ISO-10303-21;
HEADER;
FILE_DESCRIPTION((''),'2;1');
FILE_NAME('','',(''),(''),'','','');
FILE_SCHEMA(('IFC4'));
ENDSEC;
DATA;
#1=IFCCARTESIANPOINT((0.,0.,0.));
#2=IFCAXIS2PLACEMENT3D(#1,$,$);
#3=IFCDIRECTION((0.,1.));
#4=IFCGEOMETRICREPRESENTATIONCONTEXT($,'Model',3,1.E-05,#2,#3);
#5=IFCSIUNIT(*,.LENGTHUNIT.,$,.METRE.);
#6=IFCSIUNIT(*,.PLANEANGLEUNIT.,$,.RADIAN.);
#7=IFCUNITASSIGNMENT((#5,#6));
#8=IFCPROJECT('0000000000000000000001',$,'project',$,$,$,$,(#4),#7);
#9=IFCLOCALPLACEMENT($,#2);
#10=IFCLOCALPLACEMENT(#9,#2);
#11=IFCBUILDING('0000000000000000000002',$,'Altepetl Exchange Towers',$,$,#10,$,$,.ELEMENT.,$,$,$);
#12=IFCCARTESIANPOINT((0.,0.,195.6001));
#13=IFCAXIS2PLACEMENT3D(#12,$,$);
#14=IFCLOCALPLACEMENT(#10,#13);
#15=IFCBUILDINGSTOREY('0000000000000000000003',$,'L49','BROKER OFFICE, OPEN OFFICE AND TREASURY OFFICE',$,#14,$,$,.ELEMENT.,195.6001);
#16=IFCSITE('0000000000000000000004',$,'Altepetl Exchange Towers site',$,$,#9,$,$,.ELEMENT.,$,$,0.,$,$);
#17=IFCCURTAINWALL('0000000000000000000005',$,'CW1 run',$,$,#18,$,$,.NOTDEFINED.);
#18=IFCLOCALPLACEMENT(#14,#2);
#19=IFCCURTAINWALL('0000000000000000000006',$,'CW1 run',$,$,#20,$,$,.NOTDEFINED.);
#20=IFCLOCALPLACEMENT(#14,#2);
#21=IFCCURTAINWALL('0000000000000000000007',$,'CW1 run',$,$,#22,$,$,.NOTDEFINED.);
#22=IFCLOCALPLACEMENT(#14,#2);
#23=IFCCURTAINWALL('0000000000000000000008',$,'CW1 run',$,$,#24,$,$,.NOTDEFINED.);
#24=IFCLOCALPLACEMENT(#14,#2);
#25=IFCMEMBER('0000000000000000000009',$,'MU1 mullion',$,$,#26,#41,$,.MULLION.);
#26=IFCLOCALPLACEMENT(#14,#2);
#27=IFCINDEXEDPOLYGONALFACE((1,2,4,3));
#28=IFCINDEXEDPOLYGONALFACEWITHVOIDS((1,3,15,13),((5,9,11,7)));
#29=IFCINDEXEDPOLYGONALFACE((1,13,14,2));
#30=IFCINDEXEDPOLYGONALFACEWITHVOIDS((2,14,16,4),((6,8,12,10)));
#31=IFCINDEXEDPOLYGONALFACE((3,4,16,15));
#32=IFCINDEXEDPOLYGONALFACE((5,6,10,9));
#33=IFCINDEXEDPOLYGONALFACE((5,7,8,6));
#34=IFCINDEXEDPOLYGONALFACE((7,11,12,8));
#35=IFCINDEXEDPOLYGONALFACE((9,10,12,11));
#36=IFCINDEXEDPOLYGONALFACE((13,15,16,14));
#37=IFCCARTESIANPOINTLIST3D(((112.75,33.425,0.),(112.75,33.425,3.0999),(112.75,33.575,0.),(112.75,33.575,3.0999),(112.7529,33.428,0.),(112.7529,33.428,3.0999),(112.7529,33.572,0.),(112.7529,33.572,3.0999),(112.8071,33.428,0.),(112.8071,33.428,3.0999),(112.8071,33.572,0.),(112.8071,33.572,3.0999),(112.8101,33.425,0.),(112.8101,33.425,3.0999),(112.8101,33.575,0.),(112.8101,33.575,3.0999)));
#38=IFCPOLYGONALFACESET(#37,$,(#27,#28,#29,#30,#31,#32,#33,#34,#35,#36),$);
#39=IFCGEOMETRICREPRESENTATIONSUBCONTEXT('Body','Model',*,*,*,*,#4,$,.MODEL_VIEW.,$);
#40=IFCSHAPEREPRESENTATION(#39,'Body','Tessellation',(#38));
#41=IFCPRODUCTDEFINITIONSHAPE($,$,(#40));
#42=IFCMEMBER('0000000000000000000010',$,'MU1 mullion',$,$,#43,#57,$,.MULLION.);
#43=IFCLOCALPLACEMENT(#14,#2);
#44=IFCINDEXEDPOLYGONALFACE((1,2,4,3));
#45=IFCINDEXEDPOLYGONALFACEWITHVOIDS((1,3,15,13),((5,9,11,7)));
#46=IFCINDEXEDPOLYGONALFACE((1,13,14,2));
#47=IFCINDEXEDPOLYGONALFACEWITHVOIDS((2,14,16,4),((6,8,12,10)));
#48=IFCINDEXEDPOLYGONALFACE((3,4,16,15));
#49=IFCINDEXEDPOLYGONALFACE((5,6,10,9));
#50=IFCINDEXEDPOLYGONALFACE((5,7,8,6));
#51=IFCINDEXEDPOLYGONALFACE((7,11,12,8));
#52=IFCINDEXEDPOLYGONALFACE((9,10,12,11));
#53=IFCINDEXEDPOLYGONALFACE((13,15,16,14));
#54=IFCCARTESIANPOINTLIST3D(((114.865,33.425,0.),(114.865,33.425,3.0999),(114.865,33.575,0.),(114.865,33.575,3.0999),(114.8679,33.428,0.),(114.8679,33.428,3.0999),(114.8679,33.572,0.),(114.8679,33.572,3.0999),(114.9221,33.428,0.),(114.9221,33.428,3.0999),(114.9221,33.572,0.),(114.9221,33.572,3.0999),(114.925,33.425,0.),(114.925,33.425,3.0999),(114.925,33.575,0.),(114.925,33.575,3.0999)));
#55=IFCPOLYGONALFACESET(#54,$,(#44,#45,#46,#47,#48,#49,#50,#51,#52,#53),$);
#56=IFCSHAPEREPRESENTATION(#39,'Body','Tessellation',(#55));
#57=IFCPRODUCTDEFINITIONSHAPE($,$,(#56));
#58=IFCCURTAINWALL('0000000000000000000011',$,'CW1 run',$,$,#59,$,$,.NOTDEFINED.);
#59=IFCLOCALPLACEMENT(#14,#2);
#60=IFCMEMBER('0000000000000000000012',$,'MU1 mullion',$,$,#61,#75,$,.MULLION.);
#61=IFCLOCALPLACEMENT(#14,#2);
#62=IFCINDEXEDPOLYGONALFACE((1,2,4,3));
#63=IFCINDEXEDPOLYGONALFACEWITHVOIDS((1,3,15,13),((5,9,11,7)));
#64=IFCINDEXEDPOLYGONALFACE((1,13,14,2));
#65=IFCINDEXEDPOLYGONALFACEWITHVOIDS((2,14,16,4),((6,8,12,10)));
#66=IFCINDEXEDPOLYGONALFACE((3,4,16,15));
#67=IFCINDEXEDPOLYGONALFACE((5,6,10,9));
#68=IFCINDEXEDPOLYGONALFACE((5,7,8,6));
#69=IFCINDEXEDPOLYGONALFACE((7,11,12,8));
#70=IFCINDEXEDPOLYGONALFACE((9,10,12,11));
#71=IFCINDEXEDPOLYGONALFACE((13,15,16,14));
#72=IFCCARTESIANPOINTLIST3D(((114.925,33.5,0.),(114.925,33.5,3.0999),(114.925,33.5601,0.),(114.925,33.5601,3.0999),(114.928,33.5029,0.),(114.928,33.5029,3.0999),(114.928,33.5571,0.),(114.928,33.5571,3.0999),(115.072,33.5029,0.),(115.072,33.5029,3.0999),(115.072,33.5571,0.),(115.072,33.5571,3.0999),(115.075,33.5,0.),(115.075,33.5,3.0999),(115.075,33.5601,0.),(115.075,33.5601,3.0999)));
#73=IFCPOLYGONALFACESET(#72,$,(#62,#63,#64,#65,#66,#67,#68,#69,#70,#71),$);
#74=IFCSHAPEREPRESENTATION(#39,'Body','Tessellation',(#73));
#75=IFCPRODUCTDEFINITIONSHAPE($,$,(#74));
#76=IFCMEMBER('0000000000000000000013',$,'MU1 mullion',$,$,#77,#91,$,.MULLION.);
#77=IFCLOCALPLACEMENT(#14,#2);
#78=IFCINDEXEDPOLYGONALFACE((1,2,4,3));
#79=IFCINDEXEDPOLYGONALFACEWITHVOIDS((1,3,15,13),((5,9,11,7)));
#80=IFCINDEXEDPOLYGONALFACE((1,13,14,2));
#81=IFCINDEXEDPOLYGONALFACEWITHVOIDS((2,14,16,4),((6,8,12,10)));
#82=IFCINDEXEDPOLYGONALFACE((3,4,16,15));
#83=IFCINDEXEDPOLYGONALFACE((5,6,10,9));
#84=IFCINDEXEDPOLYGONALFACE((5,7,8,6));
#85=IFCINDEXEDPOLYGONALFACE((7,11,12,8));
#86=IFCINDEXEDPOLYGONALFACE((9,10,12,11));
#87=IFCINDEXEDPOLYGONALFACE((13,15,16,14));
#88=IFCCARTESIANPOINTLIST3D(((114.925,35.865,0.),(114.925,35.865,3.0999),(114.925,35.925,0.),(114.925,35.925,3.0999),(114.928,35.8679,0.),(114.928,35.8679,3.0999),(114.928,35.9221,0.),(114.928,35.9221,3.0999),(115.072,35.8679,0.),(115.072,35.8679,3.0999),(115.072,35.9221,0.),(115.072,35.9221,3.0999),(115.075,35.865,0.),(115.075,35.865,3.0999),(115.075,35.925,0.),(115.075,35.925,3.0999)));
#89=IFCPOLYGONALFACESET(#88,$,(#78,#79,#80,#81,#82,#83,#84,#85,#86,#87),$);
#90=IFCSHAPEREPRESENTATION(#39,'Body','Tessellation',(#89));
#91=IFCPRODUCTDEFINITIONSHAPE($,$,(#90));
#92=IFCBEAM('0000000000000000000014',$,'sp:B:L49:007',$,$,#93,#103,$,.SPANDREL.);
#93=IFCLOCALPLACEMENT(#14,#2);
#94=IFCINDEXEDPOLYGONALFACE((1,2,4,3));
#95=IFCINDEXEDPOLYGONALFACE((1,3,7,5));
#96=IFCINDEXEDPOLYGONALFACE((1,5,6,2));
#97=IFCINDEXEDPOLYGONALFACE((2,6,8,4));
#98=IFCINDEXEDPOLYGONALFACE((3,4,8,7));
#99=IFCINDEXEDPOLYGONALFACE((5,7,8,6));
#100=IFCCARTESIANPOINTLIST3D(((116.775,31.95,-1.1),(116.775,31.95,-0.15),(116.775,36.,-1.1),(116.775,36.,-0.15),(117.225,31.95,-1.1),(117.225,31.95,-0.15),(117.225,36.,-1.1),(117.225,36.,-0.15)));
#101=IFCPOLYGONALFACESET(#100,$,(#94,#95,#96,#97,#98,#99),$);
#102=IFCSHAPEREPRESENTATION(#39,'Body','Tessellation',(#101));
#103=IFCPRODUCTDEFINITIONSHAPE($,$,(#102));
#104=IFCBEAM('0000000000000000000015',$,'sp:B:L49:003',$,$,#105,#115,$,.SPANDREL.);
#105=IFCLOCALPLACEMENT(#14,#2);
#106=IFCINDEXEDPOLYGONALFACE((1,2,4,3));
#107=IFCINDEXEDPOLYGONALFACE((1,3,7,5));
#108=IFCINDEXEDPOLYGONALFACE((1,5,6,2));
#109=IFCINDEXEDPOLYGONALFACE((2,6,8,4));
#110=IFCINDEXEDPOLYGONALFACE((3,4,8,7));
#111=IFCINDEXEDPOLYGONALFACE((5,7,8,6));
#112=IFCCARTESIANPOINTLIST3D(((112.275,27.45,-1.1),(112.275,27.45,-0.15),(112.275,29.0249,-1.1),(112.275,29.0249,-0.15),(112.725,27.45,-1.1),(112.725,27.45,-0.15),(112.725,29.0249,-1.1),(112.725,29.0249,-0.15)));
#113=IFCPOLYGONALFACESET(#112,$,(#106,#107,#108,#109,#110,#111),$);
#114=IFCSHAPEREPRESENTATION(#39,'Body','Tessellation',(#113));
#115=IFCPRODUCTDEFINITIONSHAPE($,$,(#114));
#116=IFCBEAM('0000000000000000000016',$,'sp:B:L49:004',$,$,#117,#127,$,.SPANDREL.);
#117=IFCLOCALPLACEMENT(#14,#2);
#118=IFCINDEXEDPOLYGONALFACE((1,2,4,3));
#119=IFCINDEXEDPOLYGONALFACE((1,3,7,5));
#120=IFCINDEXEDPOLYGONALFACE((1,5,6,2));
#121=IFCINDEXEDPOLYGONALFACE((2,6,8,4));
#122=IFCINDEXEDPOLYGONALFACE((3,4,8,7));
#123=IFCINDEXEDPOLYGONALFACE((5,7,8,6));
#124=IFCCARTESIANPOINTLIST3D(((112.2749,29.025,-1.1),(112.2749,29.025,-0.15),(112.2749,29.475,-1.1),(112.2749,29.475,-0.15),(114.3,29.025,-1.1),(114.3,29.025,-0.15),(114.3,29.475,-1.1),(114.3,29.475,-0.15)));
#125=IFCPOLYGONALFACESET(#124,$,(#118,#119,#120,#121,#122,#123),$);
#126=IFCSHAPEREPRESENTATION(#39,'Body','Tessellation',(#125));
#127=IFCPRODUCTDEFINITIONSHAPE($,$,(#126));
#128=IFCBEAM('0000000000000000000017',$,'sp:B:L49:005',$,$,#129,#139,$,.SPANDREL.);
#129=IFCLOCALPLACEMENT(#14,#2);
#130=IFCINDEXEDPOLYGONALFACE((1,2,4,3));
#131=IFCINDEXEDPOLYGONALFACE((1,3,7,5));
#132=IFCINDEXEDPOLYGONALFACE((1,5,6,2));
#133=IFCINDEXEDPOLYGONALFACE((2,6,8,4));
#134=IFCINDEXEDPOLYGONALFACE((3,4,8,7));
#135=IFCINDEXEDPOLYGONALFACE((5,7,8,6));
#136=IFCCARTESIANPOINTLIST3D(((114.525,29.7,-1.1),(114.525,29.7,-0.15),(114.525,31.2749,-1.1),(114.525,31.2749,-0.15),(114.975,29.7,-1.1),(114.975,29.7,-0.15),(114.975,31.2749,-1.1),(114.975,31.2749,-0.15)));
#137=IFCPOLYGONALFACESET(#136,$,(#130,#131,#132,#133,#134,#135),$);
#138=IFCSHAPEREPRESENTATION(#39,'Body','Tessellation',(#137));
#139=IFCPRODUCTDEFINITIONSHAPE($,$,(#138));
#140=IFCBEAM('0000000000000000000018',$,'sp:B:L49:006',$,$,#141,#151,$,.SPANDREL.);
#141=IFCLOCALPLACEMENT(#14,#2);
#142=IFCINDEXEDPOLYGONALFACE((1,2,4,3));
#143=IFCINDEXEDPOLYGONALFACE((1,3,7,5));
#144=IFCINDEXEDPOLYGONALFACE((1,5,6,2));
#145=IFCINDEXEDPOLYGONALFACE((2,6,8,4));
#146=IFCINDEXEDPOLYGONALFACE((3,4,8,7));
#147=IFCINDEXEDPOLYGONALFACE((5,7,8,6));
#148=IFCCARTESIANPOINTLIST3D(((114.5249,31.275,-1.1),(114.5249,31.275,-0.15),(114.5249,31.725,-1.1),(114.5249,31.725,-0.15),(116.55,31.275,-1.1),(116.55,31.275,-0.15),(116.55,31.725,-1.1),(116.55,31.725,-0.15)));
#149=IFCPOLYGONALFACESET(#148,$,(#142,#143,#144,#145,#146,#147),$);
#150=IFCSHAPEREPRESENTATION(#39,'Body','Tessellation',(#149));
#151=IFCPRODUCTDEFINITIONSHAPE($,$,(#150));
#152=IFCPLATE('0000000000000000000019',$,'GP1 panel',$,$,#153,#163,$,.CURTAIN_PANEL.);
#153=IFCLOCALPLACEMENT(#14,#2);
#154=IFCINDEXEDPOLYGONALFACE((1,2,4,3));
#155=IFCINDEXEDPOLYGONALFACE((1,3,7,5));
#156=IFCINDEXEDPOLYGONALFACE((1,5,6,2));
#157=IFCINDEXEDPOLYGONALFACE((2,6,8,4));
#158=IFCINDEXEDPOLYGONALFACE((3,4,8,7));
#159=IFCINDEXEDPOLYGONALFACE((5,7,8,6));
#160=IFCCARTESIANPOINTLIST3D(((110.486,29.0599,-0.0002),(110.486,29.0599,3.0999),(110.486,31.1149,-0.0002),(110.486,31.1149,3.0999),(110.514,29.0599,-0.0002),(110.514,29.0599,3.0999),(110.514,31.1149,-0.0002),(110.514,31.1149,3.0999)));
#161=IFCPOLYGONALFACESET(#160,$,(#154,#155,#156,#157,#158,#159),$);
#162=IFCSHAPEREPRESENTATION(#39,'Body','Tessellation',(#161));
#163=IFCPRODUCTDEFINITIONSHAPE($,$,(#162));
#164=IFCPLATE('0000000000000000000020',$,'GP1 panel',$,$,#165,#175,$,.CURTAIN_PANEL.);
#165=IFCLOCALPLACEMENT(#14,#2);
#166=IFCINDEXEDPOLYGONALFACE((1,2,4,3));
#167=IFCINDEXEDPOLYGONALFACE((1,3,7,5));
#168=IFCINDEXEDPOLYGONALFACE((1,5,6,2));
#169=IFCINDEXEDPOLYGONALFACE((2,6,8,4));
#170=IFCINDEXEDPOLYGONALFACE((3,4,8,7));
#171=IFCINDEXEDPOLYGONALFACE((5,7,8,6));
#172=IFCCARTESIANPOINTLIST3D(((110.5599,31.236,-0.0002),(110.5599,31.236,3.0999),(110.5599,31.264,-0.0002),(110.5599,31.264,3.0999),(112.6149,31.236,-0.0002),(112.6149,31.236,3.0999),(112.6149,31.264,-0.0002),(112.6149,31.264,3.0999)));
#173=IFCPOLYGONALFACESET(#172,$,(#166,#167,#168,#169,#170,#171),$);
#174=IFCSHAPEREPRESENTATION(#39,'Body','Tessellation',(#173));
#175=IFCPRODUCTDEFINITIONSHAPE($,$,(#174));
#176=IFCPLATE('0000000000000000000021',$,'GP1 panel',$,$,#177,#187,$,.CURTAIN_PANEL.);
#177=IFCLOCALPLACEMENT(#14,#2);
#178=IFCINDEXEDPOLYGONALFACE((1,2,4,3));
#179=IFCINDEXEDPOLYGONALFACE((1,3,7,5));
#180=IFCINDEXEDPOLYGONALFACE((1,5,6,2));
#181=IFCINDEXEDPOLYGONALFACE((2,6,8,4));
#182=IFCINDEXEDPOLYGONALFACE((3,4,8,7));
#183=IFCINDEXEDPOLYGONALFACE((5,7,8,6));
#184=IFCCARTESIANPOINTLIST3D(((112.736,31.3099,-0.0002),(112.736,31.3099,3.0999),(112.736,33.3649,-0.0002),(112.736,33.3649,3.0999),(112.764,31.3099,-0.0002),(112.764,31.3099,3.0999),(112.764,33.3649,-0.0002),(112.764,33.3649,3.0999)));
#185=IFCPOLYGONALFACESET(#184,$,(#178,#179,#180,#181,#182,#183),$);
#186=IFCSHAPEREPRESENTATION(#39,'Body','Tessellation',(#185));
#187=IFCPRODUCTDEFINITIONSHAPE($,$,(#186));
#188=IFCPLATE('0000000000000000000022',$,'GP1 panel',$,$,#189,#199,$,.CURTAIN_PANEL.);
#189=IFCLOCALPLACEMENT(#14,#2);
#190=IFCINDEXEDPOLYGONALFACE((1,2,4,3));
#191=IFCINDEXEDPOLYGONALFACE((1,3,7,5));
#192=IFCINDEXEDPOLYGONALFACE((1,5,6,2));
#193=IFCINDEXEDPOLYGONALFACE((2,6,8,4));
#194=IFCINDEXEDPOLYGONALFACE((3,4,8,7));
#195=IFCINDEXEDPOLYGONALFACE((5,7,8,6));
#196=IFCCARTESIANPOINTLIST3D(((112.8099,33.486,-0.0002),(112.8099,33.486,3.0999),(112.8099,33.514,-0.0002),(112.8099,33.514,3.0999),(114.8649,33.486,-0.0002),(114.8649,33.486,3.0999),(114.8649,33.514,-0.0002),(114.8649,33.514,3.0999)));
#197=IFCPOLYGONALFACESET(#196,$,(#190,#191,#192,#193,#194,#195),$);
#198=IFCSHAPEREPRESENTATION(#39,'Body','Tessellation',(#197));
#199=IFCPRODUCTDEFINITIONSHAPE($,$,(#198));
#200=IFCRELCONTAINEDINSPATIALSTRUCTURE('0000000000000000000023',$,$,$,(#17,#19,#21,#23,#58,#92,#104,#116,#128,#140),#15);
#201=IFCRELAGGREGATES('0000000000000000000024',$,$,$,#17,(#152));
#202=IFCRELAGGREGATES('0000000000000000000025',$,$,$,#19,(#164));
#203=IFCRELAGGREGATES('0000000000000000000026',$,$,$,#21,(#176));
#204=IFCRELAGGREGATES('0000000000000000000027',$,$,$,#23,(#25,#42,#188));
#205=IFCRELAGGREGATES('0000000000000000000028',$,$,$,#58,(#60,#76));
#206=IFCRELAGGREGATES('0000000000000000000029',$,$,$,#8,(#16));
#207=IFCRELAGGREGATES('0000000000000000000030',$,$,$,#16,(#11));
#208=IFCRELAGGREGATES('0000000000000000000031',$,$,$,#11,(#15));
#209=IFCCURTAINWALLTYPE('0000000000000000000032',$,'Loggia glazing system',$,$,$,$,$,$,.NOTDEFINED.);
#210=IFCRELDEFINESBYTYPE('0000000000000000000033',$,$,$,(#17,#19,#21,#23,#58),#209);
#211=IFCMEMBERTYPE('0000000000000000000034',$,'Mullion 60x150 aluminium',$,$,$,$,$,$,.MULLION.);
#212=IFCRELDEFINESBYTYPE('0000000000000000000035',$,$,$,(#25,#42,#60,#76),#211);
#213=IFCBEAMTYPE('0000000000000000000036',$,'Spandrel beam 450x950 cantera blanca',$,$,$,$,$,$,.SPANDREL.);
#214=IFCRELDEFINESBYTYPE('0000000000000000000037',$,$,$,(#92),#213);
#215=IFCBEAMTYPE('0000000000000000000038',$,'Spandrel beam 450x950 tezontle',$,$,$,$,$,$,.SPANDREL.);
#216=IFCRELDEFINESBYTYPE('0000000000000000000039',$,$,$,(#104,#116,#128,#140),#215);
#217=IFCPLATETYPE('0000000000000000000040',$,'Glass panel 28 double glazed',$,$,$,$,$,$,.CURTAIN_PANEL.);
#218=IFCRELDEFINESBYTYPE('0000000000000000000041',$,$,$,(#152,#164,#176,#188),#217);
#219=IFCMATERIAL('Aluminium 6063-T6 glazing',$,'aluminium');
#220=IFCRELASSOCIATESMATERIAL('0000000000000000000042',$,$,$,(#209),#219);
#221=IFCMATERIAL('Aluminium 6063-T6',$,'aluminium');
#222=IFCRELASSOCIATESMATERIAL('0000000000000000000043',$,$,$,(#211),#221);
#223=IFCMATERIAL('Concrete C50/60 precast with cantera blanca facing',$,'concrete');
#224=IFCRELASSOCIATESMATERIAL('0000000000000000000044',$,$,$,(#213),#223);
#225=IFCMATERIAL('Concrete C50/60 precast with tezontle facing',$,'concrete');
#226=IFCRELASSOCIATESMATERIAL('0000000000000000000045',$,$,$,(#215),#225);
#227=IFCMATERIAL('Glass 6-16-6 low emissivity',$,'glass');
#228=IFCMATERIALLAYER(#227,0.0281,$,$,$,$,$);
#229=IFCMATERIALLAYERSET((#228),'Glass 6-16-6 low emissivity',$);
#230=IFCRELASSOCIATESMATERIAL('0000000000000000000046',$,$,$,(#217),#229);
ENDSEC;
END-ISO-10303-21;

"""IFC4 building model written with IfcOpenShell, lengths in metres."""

from ifc_helpers import new_model, si_unit, direction, frame, origin, origin_2d, place, context, subcontext, project, spatial, rectangle, hollow_rectangle, extrude, material, layer, layer_set, material_profile, profile_set, type_object, element, aggregate, save


model = new_model("IFC4")

# Units and contexts
model_context = context("Model", 3, precision=1e-05, world=origin(), true_north=direction((0.0, 1.0)))
body_context = subcontext(model_context, "Body", "Model", "MODEL_VIEW")
ifc_project = project(units=[si_unit("LENGTHUNIT", "METRE"), si_unit("PLANEANGLEUNIT", "RADIAN")], contexts=[model_context])

# Site, building, storey
site_placement = place(None, origin())
site = spatial("IfcSite", under=ifc_project, at=site_placement, Name="Altepetl Exchange Towers site", CompositionType="ELEMENT", RefElevation=0.0)
building_placement = place(site_placement, origin())
building = spatial("IfcBuilding", under=site, at=building_placement, Name="Altepetl Exchange Towers", CompositionType="ELEMENT")
storey_placement = place(building_placement, frame((0.0, 0.0, 195.6001)))
storey = spatial("IfcBuildingStorey", under=building, at=storey_placement, Name="L49", Description="BROKER OFFICE, OPEN OFFICE AND TREASURY OFFICE", CompositionType="ELEMENT", Elevation=195.6001)

# Shared definitions
ifc_material_1 = material(Name="Aluminium 6063-T6 glazing", Category="aluminium")
curtain_wall_type = type_object("IfcCurtainWallType", Name="Loggia glazing system", PredefinedType="NOTDEFINED", material=ifc_material_1)
ifc_material_2 = material(Name="Aluminium 6063-T6", Category="aluminium")
ifc_material_profile_1 = material_profile(ifc_material_2, hollow_rectangle(XDim=0.0601, YDim=0.1499, WallThickness=0.0029, at=origin_2d()), Name="Mullion 60x150 aluminium")
ifc_profile_set_1 = profile_set([ifc_material_profile_1], Name="Aluminium 6063-T6")
member_type = type_object("IfcMemberType", Name="Mullion 60x150 aluminium", PredefinedType="MULLION", material=ifc_profile_set_1)

# Curtain walls, members
curtain_wall_1_placement = place(storey_placement, origin())
curtain_wall_1 = element("IfcCurtainWall", 1, at=curtain_wall_1_placement, inside=storey, type_object=curtain_wall_type, Name="CW1 run", PredefinedType="NOTDEFINED")
curtain_wall_2_placement = place(storey_placement, origin())
curtain_wall_2 = element("IfcCurtainWall", 2, at=curtain_wall_2_placement, inside=storey, type_object=curtain_wall_type, Name="CW1 run", PredefinedType="NOTDEFINED")
curtain_wall_3_placement = place(storey_placement, origin())
curtain_wall_3 = element("IfcCurtainWall", 3, at=curtain_wall_3_placement, inside=storey, type_object=curtain_wall_type, Name="CW1 run", PredefinedType="NOTDEFINED")
curtain_wall_4_placement = place(storey_placement, origin())
curtain_wall_4 = element("IfcCurtainWall", 4, at=curtain_wall_4_placement, inside=storey, type_object=curtain_wall_type, Name="CW1 run", PredefinedType="NOTDEFINED")
member_1_placement = place(storey_placement, frame((112.78, 33.5, 0.0)))
member_1 = element("IfcMember", 5, at=member_1_placement, type_object=member_type, Name="MU1 mullion", PredefinedType="MULLION", context=body_context, shape_type="SweptSolid", body=[
    extrude(hollow_rectangle(XDim=0.0601, YDim=0.1499, WallThickness=0.0029, at=origin_2d()), origin(), (0.0, 0.0, 1.0), 3.0999),
])
member_2_placement = place(storey_placement, frame((114.895, 33.5, 0.0)))
member_2 = element("IfcMember", 6, at=member_2_placement, type_object=member_type, Name="MU1 mullion", PredefinedType="MULLION", context=body_context, shape_type="SweptSolid", body=[
    extrude(hollow_rectangle(XDim=0.0601, YDim=0.1499, WallThickness=0.0029, at=origin_2d()), origin(), (0.0, 0.0, 1.0), 3.0999),
])
curtain_wall_5_placement = place(storey_placement, origin())
curtain_wall_5 = element("IfcCurtainWall", 7, at=curtain_wall_5_placement, inside=storey, type_object=curtain_wall_type, Name="CW1 run", PredefinedType="NOTDEFINED")
member_3_placement = place(storey_placement, frame((115.0, 33.53, 0.0), z_axis=(0.0, 0.0, 1.0), x_axis=(0.0, 1.0, 0.0)))
member_3 = element("IfcMember", 8, at=member_3_placement, type_object=member_type, Name="MU1 mullion", PredefinedType="MULLION", context=body_context, shape_type="SweptSolid", body=[
    extrude(hollow_rectangle(XDim=0.0601, YDim=0.1499, WallThickness=0.0029, at=origin_2d()), origin(), (0.0, 0.0, 1.0), 3.0999),
])
member_4_placement = place(storey_placement, frame((115.0, 35.895, 0.0), z_axis=(0.0, 0.0, 1.0), x_axis=(0.0, 1.0, 0.0)))
member_4 = element("IfcMember", 9, at=member_4_placement, type_object=member_type, Name="MU1 mullion", PredefinedType="MULLION", context=body_context, shape_type="SweptSolid", body=[
    extrude(hollow_rectangle(XDim=0.0601, YDim=0.1499, WallThickness=0.0029, at=origin_2d()), origin(), (0.0, 0.0, 1.0), 3.0999),
])

# Beams
ifc_material_3 = material(Name="Concrete C50/60 precast with cantera blanca facing", Category="concrete")
ifc_material_profile_2 = material_profile(ifc_material_3, rectangle(XDim=0.45, YDim=0.95, at=origin_2d()), Name="450 x 950")
ifc_profile_set_2 = profile_set([ifc_material_profile_2], Name="Concrete C50/60 precast with cantera blanca facing")
beam_type_1 = type_object("IfcBeamType", Name="Spandrel beam 450x950 cantera blanca", PredefinedType="SPANDREL", material=ifc_profile_set_2)
beam_1_placement = place(storey_placement, frame((117.0, 31.95, -0.625), z_axis=(0.0, 1.0, 0.0), x_axis=(-1.0, 0.0, 0.0)))
element("IfcBeam", 10, at=beam_1_placement, inside=storey, type_object=beam_type_1, Name="sp:B:L49:007", PredefinedType="SPANDREL", context=body_context, shape_type="SweptSolid", body=[
    extrude(rectangle(XDim=0.45, YDim=0.95, at=origin_2d()), origin(), (0.0, 0.0, 1.0), 4.05),
])
ifc_material_4 = material(Name="Concrete C50/60 precast with tezontle facing", Category="concrete")
ifc_material_profile_3 = material_profile(ifc_material_4, rectangle(XDim=0.45, YDim=0.95, at=origin_2d()), Name="450 x 950")
ifc_profile_set_3 = profile_set([ifc_material_profile_3], Name="Concrete C50/60 precast with tezontle facing")
beam_type_2 = type_object("IfcBeamType", Name="Spandrel beam 450x950 tezontle", PredefinedType="SPANDREL", material=ifc_profile_set_3)
beam_2_placement = place(storey_placement, frame((112.5, 27.45, -0.625), z_axis=(0.0, 1.0, 0.0), x_axis=(-1.0, 0.0, 0.0)))
element("IfcBeam", 11, at=beam_2_placement, inside=storey, type_object=beam_type_2, Name="sp:B:L49:003", PredefinedType="SPANDREL", context=body_context, shape_type="SweptSolid", body=[
    extrude(rectangle(XDim=0.45, YDim=0.95, at=origin_2d()), origin(), (0.0, 0.0, 1.0), 1.575),
])
beam_3_placement = place(storey_placement, frame((112.2749, 29.25, -0.625), z_axis=(1.0, 0.0, 0.0), x_axis=(0.0, 1.0, 0.0)))
element("IfcBeam", 12, at=beam_3_placement, inside=storey, type_object=beam_type_2, Name="sp:B:L49:004", PredefinedType="SPANDREL", context=body_context, shape_type="SweptSolid", body=[
    extrude(rectangle(XDim=0.45, YDim=0.95, at=origin_2d()), origin(), (0.0, 0.0, 1.0), 2.0251),
])
beam_4_placement = place(storey_placement, frame((114.75, 29.7, -0.625), z_axis=(0.0, 1.0, 0.0), x_axis=(-1.0, 0.0, 0.0)))
element("IfcBeam", 13, at=beam_4_placement, inside=storey, type_object=beam_type_2, Name="sp:B:L49:005", PredefinedType="SPANDREL", context=body_context, shape_type="SweptSolid", body=[
    extrude(rectangle(XDim=0.45, YDim=0.95, at=origin_2d()), origin(), (0.0, 0.0, 1.0), 1.575),
])
beam_5_placement = place(storey_placement, frame((114.5249, 31.5, -0.625), z_axis=(1.0, 0.0, 0.0), x_axis=(0.0, 1.0, 0.0)))
element("IfcBeam", 14, at=beam_5_placement, inside=storey, type_object=beam_type_2, Name="sp:B:L49:006", PredefinedType="SPANDREL", context=body_context, shape_type="SweptSolid", body=[
    extrude(rectangle(XDim=0.45, YDim=0.95, at=origin_2d()), origin(), (0.0, 0.0, 1.0), 2.0251),
])

# Plates
ifc_material_5 = material(Name="Glass 6-16-6 low emissivity", Category="glass")
ifc_layer_1 = layer(ifc_material_5, 0.0281)
ifc_layer_set_1 = layer_set([ifc_layer_1], Name="Glass 6-16-6 low emissivity")
plate_type = type_object("IfcPlateType", Name="Glass panel 28 double glazed", PredefinedType="CURTAIN_PANEL", material=ifc_layer_set_1)
plate_1_placement = place(storey_placement, frame((110.5, 30.0874, -0.0002), z_axis=(0.0, 0.0, 1.0), x_axis=(0.0, 1.0, 0.0)))
plate_1 = element("IfcPlate", 15, at=plate_1_placement, type_object=plate_type, Name="GP1 panel", PredefinedType="CURTAIN_PANEL", context=body_context, shape_type="SweptSolid", body=[
    extrude(rectangle(XDim=2.0549, YDim=0.0281, at=origin_2d()), origin(), (0.0, 0.0, 1.0), 3.1001),
])
aggregate(curtain_wall_1, [plate_1])
plate_2_placement = place(storey_placement, frame((111.5874, 31.25, -0.0002)))
plate_2 = element("IfcPlate", 16, at=plate_2_placement, type_object=plate_type, Name="GP1 panel", PredefinedType="CURTAIN_PANEL", context=body_context, shape_type="SweptSolid", body=[
    extrude(rectangle(XDim=2.0549, YDim=0.0281, at=origin_2d()), origin(), (0.0, 0.0, 1.0), 3.1001),
])
aggregate(curtain_wall_2, [plate_2])
plate_3_placement = place(storey_placement, frame((112.75, 32.3374, -0.0002), z_axis=(0.0, 0.0, 1.0), x_axis=(0.0, 1.0, 0.0)))
plate_3 = element("IfcPlate", 17, at=plate_3_placement, type_object=plate_type, Name="GP1 panel", PredefinedType="CURTAIN_PANEL", context=body_context, shape_type="SweptSolid", body=[
    extrude(rectangle(XDim=2.0549, YDim=0.0281, at=origin_2d()), origin(), (0.0, 0.0, 1.0), 3.1001),
])
aggregate(curtain_wall_3, [plate_3])
plate_4_placement = place(storey_placement, frame((113.8374, 33.5, -0.0002)))
plate_4 = element("IfcPlate", 18, at=plate_4_placement, type_object=plate_type, Name="GP1 panel", PredefinedType="CURTAIN_PANEL", context=body_context, shape_type="SweptSolid", body=[
    extrude(rectangle(XDim=2.0549, YDim=0.0281, at=origin_2d()), origin(), (0.0, 0.0, 1.0), 3.1001),
])
aggregate(curtain_wall_4, [member_1, member_2, plate_4])
aggregate(curtain_wall_5, [member_3, member_4])

save(model, "model.ifc")
